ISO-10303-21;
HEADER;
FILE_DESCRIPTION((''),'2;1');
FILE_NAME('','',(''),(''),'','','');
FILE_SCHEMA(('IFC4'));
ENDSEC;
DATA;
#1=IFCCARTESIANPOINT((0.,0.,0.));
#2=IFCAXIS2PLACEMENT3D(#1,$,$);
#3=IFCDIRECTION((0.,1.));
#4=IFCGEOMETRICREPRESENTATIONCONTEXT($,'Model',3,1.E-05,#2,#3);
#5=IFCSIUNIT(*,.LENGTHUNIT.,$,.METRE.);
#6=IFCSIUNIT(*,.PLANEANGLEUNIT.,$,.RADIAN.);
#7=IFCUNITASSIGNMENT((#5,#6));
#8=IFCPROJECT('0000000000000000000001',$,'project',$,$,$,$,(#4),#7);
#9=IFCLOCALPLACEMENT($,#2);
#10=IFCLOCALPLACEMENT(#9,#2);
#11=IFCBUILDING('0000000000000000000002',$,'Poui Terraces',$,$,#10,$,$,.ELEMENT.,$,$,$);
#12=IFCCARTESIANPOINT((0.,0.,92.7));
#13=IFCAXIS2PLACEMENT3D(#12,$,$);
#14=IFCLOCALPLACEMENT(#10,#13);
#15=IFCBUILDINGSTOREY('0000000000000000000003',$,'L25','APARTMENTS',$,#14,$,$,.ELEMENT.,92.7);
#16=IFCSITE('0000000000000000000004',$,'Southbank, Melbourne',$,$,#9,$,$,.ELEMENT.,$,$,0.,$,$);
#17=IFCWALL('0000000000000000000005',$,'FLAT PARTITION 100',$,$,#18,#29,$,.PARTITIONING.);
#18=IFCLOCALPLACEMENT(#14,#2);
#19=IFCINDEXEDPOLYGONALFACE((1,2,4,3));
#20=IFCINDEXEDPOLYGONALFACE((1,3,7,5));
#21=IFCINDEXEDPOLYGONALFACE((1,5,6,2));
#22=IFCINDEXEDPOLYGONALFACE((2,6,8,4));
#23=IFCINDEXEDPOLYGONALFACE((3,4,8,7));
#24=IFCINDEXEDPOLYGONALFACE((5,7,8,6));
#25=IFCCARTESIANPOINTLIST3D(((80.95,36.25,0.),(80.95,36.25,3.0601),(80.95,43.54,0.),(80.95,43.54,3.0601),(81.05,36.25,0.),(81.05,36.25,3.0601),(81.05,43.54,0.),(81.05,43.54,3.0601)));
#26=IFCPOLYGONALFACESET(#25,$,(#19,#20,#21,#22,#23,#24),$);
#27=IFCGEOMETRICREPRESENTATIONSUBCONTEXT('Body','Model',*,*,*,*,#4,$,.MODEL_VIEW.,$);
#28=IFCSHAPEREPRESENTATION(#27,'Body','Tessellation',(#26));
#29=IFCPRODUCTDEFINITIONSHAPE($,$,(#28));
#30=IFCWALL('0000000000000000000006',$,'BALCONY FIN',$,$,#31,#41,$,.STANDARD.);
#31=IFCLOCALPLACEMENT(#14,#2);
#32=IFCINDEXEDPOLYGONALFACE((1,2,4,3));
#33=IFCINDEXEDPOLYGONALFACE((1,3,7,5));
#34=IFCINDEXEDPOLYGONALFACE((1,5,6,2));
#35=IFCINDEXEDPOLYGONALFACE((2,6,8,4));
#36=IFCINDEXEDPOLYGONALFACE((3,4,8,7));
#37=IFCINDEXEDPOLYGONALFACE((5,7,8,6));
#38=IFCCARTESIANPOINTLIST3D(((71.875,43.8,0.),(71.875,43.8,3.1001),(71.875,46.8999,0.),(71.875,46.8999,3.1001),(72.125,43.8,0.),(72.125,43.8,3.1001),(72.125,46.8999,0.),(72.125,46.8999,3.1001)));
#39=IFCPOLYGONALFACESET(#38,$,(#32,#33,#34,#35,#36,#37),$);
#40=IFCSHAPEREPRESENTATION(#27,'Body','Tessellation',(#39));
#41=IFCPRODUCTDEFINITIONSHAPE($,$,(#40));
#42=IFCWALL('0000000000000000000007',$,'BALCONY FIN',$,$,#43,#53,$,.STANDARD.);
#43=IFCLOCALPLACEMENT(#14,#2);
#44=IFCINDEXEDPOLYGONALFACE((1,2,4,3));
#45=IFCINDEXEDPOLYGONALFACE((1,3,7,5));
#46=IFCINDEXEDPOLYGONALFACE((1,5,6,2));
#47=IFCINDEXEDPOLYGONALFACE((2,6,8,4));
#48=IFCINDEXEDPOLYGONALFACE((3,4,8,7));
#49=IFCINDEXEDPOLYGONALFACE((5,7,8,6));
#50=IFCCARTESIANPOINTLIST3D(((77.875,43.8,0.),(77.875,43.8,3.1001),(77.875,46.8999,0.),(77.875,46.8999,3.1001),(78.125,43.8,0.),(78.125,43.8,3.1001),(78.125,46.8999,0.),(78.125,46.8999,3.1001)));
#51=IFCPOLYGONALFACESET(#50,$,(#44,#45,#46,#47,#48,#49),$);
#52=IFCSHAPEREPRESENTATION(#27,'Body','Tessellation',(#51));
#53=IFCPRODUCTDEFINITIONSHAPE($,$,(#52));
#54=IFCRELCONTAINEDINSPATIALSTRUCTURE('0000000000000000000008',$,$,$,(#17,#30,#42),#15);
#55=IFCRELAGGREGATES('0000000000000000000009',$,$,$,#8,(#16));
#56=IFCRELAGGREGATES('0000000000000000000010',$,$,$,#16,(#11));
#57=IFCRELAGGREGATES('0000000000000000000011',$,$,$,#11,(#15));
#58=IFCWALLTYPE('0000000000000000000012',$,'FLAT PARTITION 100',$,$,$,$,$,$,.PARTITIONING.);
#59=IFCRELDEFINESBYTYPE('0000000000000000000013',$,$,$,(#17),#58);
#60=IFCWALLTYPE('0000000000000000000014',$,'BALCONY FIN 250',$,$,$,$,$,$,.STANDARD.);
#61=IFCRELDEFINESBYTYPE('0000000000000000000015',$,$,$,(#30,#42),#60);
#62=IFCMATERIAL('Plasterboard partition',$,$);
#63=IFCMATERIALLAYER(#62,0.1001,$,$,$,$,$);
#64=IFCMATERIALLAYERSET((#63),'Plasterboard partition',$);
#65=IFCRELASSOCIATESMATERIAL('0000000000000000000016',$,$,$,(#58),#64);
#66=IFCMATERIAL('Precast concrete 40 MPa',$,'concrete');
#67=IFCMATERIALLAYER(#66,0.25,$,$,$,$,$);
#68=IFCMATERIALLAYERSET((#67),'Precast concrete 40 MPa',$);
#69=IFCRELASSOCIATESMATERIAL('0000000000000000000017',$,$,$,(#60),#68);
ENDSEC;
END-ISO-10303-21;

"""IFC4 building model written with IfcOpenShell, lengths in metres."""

from ifc_helpers import new_model, si_unit, direction, frame, frame_2d, origin, place, context, subcontext, project, spatial, polyline, rectangle, outline, extrude, source, transform, mapped, material, layer, layer_set, type_object, element, save


model = new_model("IFC4")

# Units and contexts
model_context = context("Model", 3, precision=1e-05, world=origin(), true_north=direction((0.0, 1.0)))
body_context = subcontext(model_context, "Body", "Model", "MODEL_VIEW")
ifc_project = project(units=[si_unit("LENGTHUNIT", "METRE"), si_unit("PLANEANGLEUNIT", "RADIAN")], contexts=[model_context])

# Site, building, storey
site_placement = place(None, origin())
site = spatial("IfcSite", under=ifc_project, at=site_placement, Name="Southbank, Melbourne", CompositionType="ELEMENT", RefElevation=0.0)
building_placement = place(site_placement, origin())
building = spatial("IfcBuilding", under=site, at=building_placement, Name="Poui Terraces", CompositionType="ELEMENT")
storey_placement = place(building_placement, frame((0.0, 0.0, 92.7)))
storey = spatial("IfcBuildingStorey", under=building, at=storey_placement, Name="L25", Description="APARTMENTS", CompositionType="ELEMENT", Elevation=92.7)

# Shared definitions
ifc_material_1 = material(Name="Plasterboard partition")
ifc_layer_1 = layer(ifc_material_1, 0.1001)
ifc_layer_set_1 = layer_set([ifc_layer_1], Name="Plasterboard partition")
wall_type_1 = type_object("IfcWallType", Name="FLAT PARTITION 100", PredefinedType="PARTITIONING", material=ifc_layer_set_1)

# Walls
wall_1_placement = place(storey_placement, frame((81.0, 36.25, 0.0), z_axis=(0.0, 0.0, 1.0), x_axis=(0.0, 1.0, 0.0)))
element("IfcWall", 1, at=wall_1_placement, inside=storey, type_object=wall_type_1, Name="FLAT PARTITION 100", PredefinedType="PARTITIONING", context=body_context, shape_type="SweptSolid", body=[
    extrude(rectangle(XDim=7.29, YDim=0.1001, at=frame_2d((3.645, 0.0))), origin(), (0.0, 0.0, 1.0), 3.0601),
])
ifc_material_2 = material(Name="Precast concrete 40 MPa", Category="concrete")
ifc_layer_2 = layer(ifc_material_2, 0.25)
ifc_layer_set_2 = layer_set([ifc_layer_2], Name="Precast concrete 40 MPa")
wall_type_2 = type_object("IfcWallType", Name="BALCONY FIN 250", PredefinedType="STANDARD", material=ifc_layer_set_2)
shared_shape_1 = source(origin(), body_context, "Body", "SweptSolid", [
    extrude(outline(polyline([(0.0, 0.0), (0.25, 0.0), (0.25, 3.0999), (0.0, 3.0999), (0.0, 0.0)])), origin(), (0.0, 0.0, 1.0), 3.1001),
])
for number, where, name in (
    (2, (71.875, 43.8, 0.0), "BALCONY FIN"),
    (3, (77.875, 43.8, 0.0), "BALCONY FIN"),
):
    element("IfcWall", number, at=place(storey_placement, frame(where)), inside=storey, type_object=wall_type_2, Name=name, PredefinedType="STANDARD", context=body_context, shape_type="MappedRepresentation", body=[
        mapped(shared_shape_1, transform((0.0, 0.0, 0.0))),
    ])

save(model, "model.ifc")
